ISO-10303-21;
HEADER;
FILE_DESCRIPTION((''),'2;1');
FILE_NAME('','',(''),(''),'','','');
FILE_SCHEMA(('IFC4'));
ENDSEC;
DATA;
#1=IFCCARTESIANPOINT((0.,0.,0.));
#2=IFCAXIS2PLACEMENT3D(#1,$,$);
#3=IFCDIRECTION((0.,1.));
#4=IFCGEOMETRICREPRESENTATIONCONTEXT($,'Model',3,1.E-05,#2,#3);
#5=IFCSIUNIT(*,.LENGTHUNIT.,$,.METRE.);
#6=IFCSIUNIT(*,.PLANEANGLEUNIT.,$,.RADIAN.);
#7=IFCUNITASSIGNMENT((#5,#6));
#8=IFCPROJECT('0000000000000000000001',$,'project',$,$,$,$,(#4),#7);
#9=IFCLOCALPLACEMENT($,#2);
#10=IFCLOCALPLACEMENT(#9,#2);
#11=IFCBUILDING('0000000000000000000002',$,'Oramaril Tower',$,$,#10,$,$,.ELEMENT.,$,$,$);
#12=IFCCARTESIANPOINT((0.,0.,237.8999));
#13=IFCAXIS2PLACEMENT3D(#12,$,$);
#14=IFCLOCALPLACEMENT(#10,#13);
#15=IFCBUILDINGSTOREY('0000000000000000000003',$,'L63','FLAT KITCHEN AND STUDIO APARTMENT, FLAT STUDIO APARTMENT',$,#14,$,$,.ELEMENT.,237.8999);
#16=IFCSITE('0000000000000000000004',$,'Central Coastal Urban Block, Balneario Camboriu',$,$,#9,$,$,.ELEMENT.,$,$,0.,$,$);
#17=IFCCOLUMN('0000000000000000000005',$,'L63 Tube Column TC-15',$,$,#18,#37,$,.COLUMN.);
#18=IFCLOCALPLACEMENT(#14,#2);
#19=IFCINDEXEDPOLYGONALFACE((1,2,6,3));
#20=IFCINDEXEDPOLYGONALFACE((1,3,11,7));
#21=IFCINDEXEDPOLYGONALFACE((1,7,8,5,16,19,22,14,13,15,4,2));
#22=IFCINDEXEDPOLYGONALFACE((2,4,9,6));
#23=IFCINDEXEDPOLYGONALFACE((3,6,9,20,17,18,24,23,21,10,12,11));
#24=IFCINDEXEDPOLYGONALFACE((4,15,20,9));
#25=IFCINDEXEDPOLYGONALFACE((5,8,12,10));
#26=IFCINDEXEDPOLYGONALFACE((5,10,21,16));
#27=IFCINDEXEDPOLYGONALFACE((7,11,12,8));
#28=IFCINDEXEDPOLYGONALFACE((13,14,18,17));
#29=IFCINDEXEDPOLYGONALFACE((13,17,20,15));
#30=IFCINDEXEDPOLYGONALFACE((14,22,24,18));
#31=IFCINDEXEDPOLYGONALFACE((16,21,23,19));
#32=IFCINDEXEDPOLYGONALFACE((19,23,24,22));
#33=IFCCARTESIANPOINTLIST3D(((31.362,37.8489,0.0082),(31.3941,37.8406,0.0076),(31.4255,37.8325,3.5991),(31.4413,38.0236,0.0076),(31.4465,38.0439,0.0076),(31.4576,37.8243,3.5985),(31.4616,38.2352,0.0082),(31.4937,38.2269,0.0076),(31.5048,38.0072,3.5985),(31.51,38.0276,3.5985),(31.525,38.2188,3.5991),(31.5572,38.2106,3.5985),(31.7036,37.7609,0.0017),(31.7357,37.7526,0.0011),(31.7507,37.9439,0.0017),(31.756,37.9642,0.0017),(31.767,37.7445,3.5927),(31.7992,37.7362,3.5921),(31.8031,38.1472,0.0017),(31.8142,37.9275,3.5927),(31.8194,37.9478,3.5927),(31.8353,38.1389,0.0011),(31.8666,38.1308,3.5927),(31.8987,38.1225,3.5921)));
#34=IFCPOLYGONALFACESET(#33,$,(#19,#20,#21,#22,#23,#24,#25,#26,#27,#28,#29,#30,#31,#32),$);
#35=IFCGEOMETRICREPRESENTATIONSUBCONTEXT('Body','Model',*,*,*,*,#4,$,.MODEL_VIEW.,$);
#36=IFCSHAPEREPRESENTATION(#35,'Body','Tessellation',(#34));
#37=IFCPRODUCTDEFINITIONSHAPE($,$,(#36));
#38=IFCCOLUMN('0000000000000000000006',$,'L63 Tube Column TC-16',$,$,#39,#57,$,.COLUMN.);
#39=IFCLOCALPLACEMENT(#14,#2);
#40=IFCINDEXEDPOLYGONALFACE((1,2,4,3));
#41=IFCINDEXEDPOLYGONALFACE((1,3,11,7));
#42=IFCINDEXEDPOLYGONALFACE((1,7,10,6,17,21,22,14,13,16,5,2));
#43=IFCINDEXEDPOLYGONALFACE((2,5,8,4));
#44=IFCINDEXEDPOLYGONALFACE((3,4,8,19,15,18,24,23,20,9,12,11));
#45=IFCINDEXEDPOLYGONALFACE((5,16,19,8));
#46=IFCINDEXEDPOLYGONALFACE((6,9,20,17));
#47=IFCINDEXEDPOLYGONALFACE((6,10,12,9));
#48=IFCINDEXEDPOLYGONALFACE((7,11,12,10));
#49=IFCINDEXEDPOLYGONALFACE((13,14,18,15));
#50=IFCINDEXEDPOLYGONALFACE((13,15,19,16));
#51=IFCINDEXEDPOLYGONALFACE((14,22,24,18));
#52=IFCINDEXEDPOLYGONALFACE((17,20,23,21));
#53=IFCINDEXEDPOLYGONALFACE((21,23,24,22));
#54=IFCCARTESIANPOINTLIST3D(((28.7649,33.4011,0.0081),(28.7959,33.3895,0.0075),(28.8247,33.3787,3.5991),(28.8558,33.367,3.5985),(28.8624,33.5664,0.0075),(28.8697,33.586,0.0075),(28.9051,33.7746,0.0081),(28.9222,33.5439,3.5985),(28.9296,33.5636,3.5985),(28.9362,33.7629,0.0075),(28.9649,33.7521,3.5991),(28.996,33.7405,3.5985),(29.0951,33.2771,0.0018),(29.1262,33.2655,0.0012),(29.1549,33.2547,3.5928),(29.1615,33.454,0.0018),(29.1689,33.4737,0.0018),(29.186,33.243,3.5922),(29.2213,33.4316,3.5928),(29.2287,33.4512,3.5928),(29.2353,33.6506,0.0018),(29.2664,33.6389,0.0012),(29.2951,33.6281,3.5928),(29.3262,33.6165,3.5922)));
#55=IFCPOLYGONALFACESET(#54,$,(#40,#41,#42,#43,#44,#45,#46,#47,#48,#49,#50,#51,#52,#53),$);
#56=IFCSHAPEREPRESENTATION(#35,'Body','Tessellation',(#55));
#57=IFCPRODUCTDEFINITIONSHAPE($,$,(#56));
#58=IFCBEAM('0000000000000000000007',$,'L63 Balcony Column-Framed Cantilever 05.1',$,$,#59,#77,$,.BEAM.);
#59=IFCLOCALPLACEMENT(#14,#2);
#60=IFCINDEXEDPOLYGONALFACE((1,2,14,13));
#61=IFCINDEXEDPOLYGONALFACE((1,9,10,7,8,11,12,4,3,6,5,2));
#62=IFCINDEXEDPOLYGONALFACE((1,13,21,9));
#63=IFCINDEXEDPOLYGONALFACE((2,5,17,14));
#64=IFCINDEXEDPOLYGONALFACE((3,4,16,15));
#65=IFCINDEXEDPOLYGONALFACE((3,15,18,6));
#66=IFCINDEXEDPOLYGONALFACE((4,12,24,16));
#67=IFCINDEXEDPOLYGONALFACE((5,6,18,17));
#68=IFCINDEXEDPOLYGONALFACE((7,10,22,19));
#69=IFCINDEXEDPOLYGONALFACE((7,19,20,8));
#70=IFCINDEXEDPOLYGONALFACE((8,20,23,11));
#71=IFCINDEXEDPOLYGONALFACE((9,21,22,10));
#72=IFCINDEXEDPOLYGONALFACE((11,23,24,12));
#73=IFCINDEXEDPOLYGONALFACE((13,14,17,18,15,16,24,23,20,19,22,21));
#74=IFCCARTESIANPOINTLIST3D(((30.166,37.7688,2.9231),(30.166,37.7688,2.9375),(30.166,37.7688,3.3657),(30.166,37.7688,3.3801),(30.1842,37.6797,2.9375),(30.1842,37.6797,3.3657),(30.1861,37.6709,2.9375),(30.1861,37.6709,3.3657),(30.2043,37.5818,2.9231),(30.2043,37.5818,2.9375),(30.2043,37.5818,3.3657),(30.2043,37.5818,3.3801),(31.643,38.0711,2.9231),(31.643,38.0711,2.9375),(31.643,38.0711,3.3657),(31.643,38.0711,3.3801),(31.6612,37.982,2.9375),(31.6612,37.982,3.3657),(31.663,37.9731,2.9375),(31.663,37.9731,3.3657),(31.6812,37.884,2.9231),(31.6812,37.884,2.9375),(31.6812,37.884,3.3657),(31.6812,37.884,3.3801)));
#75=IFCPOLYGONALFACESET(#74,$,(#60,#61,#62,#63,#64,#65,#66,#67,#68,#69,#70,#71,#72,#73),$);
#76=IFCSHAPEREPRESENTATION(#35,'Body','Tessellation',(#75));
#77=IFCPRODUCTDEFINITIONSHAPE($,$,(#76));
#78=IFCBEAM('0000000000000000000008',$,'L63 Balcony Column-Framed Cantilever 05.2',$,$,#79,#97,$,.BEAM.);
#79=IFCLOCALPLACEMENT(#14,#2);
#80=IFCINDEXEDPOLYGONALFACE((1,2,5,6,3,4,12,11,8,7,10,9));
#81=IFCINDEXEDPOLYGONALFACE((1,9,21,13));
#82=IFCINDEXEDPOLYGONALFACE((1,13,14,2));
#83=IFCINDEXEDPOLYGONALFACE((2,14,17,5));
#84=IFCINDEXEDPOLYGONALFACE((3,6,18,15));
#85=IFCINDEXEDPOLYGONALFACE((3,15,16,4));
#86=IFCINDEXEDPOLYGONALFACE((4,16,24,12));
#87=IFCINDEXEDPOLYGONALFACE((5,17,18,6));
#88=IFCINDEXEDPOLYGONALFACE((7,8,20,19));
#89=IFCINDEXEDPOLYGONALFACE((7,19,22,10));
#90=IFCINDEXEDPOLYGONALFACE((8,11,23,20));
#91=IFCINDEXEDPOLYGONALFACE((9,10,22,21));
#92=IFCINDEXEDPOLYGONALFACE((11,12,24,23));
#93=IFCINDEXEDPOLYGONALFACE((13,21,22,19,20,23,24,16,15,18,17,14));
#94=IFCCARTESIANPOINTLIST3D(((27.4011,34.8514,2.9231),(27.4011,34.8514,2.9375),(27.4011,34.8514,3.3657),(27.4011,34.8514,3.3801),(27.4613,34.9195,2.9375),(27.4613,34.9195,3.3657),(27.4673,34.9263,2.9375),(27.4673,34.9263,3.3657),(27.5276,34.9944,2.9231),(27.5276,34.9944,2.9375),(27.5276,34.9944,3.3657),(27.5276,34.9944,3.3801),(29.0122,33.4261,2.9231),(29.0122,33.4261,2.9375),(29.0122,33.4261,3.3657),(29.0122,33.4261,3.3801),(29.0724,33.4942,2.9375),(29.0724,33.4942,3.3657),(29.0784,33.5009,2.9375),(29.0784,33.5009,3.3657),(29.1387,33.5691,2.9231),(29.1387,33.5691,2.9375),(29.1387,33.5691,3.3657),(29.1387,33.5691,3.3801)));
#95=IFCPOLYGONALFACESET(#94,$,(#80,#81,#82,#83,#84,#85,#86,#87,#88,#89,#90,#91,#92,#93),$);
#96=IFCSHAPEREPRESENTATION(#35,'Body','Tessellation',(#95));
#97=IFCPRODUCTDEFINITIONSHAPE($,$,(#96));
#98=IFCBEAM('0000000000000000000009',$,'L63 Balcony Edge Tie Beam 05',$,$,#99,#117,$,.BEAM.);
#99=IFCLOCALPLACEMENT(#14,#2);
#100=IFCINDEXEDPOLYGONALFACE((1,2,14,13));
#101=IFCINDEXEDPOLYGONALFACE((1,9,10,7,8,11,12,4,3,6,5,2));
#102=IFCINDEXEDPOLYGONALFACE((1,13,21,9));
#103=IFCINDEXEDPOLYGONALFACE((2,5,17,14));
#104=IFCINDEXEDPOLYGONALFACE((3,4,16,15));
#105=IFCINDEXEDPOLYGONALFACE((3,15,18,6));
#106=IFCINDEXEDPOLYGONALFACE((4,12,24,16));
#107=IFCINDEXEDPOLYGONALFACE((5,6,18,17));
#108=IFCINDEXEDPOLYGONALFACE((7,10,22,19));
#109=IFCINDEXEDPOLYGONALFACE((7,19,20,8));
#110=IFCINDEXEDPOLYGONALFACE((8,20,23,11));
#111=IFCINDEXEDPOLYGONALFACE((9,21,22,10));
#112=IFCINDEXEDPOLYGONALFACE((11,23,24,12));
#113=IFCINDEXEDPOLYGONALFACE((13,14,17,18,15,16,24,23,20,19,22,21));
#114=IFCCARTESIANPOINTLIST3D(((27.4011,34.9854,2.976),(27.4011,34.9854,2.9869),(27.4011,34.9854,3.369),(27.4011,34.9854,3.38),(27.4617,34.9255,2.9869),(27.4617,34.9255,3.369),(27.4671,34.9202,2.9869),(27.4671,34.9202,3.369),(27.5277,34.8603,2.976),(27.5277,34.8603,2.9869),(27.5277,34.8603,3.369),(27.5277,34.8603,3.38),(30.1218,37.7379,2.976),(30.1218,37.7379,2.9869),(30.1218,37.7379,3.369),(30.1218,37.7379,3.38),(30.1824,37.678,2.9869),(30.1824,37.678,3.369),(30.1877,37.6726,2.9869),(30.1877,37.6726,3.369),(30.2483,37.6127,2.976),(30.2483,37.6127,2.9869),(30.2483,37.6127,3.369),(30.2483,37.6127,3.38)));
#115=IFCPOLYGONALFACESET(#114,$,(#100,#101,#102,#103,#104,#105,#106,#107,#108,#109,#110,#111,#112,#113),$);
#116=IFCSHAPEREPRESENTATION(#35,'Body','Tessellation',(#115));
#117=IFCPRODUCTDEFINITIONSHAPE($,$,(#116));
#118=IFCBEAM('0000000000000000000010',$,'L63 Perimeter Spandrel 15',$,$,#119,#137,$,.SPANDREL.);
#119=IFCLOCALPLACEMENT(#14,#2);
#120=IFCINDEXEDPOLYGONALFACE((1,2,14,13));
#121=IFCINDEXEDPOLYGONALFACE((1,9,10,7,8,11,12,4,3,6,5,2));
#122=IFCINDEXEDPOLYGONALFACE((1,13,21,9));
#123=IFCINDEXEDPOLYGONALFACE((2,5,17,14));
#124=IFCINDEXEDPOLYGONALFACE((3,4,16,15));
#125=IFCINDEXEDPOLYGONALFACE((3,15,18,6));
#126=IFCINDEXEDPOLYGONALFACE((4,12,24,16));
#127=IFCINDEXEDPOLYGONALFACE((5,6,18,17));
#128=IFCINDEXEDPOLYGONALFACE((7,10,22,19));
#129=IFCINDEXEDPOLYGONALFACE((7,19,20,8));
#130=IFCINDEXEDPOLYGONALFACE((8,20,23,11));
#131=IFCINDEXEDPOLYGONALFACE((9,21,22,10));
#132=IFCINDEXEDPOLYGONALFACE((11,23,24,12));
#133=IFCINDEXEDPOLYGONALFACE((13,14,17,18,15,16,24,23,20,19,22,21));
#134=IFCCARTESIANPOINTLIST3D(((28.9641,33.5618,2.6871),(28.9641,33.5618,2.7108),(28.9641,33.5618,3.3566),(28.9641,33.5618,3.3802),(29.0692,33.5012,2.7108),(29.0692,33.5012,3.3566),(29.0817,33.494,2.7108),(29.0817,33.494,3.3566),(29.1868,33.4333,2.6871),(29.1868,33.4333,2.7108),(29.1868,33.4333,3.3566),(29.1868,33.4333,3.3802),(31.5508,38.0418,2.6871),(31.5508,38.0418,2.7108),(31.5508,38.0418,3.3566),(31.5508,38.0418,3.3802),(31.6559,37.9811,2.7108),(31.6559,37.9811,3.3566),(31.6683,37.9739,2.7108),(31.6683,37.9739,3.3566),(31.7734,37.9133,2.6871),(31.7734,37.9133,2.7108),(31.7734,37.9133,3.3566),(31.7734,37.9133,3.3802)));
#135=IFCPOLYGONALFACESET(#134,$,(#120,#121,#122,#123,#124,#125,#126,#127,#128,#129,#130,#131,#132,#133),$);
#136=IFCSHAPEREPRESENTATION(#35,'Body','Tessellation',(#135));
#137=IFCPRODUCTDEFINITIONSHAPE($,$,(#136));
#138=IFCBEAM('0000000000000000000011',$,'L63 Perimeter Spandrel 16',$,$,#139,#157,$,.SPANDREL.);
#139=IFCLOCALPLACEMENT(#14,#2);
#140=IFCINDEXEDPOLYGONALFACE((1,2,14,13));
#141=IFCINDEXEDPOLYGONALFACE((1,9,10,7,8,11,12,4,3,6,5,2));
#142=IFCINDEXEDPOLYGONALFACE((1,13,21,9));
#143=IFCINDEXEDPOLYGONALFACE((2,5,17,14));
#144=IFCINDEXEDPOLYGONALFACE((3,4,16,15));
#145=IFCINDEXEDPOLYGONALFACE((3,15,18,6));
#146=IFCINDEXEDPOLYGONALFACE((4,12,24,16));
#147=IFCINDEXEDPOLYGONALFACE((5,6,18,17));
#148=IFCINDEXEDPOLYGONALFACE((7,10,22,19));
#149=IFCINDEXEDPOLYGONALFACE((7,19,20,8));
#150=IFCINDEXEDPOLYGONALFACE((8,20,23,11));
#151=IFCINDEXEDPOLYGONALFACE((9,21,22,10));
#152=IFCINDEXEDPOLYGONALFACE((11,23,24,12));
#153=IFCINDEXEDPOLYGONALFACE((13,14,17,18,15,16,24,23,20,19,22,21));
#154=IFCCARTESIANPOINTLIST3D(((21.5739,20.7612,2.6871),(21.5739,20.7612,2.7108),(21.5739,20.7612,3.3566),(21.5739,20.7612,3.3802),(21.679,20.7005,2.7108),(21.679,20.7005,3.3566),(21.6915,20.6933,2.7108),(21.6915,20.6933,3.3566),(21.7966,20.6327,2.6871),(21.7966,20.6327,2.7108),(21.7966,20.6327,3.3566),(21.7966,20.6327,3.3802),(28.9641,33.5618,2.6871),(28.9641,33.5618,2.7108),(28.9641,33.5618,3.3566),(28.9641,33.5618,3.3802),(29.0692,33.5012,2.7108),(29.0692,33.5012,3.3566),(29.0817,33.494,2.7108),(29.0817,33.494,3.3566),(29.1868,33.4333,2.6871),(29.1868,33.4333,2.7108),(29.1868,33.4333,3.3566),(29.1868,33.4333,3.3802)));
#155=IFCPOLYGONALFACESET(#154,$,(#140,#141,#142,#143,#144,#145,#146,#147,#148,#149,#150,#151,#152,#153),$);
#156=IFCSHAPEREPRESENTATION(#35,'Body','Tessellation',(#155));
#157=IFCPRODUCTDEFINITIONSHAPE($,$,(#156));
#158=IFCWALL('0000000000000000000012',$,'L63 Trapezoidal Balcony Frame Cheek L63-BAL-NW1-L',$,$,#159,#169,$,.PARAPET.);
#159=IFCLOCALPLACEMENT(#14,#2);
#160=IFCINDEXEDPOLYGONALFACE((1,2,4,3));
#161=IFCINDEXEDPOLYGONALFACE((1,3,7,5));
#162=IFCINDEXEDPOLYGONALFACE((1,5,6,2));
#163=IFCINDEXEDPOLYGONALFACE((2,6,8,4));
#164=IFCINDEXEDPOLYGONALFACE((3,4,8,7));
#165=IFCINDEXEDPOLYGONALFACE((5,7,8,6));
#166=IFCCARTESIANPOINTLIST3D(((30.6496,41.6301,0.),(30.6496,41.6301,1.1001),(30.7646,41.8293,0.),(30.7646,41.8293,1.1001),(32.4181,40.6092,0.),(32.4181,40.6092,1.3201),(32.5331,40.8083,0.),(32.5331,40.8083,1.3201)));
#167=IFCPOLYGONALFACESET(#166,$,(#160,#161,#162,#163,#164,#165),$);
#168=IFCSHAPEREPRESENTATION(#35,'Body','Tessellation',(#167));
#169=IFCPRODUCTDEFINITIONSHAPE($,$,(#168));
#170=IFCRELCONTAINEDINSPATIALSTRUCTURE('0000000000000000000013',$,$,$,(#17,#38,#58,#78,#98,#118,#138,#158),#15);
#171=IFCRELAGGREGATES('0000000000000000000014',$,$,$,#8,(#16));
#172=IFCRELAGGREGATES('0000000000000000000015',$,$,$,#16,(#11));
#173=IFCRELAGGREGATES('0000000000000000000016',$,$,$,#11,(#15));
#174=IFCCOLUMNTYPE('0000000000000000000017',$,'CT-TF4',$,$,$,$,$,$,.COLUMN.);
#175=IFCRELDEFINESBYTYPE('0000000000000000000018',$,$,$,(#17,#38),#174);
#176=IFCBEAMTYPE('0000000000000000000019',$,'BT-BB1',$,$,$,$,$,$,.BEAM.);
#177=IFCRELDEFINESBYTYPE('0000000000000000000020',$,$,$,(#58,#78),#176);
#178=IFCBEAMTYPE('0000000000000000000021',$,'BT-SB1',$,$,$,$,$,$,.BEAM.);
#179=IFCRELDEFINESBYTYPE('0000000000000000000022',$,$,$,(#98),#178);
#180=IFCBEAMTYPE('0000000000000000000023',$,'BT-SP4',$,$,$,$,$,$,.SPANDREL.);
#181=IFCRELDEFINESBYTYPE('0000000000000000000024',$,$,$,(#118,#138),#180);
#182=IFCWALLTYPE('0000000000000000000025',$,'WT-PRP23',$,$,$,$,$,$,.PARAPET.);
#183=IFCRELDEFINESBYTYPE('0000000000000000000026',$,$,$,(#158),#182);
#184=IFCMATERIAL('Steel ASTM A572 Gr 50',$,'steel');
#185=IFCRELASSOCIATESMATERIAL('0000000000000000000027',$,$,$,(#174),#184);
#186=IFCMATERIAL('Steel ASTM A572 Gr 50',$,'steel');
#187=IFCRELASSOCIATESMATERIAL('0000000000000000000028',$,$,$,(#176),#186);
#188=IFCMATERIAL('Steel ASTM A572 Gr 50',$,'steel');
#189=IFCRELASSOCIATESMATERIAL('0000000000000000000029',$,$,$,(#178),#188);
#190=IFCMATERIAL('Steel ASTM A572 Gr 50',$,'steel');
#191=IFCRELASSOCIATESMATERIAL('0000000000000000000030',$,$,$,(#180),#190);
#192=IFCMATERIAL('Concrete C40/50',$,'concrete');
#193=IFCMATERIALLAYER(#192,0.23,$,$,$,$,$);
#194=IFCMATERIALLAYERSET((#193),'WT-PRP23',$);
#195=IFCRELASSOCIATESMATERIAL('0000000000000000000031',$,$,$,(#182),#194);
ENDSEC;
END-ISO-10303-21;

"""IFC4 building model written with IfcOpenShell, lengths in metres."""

from ifc_helpers import new_model, si_unit, direction, frame, origin, origin_2d, place, context, subcontext, project, spatial, polyline, i_section, outline, extrude, material, layer, layer_set, material_profile, profile_set, type_object, element, save


model = new_model("IFC4")

# Units and contexts
model_context = context("Model", 3, precision=1e-05, world=origin(), true_north=direction((0.0, 1.0)))
body_context = subcontext(model_context, "Body", "Model", "MODEL_VIEW")
ifc_project = project(units=[si_unit("LENGTHUNIT", "METRE"), si_unit("PLANEANGLEUNIT", "RADIAN")], contexts=[model_context])

# Site, building, storey
site_placement = place(None, origin())
site = spatial("IfcSite", under=ifc_project, at=site_placement, Name="Central Coastal Urban Block, Balneario Camboriu", CompositionType="ELEMENT", RefElevation=0.0)
building_placement = place(site_placement, origin())
building = spatial("IfcBuilding", under=site, at=building_placement, Name="Oramaril Tower", CompositionType="ELEMENT")
storey_placement = place(building_placement, frame((0.0, 0.0, 237.8999)))
storey = spatial("IfcBuildingStorey", under=building, at=storey_placement, Name="L63", Description="FLAT KITCHEN AND STUDIO APARTMENT, FLAT STUDIO APARTMENT", CompositionType="ELEMENT", Elevation=237.8999)

# Columns
ifc_material_1 = material(Name="Steel ASTM A572 Gr 50", Category="steel")
ifc_material_profile_1 = material_profile(ifc_material_1, i_section(OverallWidth=0.3989, OverallDepth=0.386, WebThickness=0.021, FlangeThickness=0.0332, at=origin_2d()), Name="W14X176")
ifc_profile_set_1 = profile_set([ifc_material_profile_1], Name="Steel ASTM A572 Gr 50")
column_type = type_object("IfcColumnType", Name="CT-TF4", PredefinedType="COLUMN", material=ifc_profile_set_1)
for number, where, z_axis, x_axis, name in (
    (1, (31.5986, 37.9939, 0.0046), (0.017673, -0.004554, 0.999833), (0.24954, 0.968364, 0.0), "L63 Tube Column TC-15"),
    (2, (29.0156, 33.52, 0.0046), (0.016654, -0.006254, 0.999842), (0.351542, 0.936172, 0.0), "L63 Tube Column TC-16"),
):
    element("IfcColumn", number, at=place(storey_placement, frame(where, z_axis=z_axis, x_axis=x_axis)), inside=storey, type_object=column_type, Name=name, PredefinedType="COLUMN", context=body_context, shape_type="SweptSolid", body=[
        extrude(i_section(OverallWidth=0.3989, OverallDepth=0.386, WebThickness=0.021, FlangeThickness=0.0332, at=origin_2d()), origin(), (0.0, 0.0, 1.0), 3.5916),
    ])

# Beams
ifc_material_2 = material(Name="Steel ASTM A572 Gr 50", Category="steel")
ifc_material_profile_2 = material_profile(ifc_material_2, i_section(OverallWidth=0.1909, OverallDepth=0.457, WebThickness=0.009, FlangeThickness=0.0144, at=origin_2d()), Name="W18X50")
ifc_profile_set_2 = profile_set([ifc_material_profile_2], Name="Steel ASTM A572 Gr 50")
beam_type_1 = type_object("IfcBeamType", Name="BT-BB1", PredefinedType="BEAM", material=ifc_profile_set_2)
beam_1_placement = place(storey_placement, frame((31.6621, 37.9775, 3.1516), z_axis=(-0.979699, -0.200474, 0.0), x_axis=(0.200474, -0.979699, 0.0)))
element("IfcBeam", 3, at=beam_1_placement, inside=storey, type_object=beam_type_1, Name="L63 Balcony Column-Framed Cantilever 05.1", PredefinedType="BEAM", context=body_context, shape_type="SweptSolid", body=[
    extrude(i_section(OverallWidth=0.1909, OverallDepth=0.457, WebThickness=0.009, FlangeThickness=0.0144, at=origin_2d()), origin(), (0.0, 0.0, 1.0), 1.5076),
])
beam_2_placement = place(storey_placement, frame((29.0754, 33.4976, 3.1516), z_axis=(-0.748973, 0.662601, 0.0), x_axis=(-0.662601, -0.748973, 0.0)))
element("IfcBeam", 4, at=beam_2_placement, inside=storey, type_object=beam_type_1, Name="L63 Balcony Column-Framed Cantilever 05.2", PredefinedType="BEAM", context=body_context, shape_type="SweptSolid", body=[
    extrude(i_section(OverallWidth=0.1909, OverallDepth=0.457, WebThickness=0.009, FlangeThickness=0.0144, at=origin_2d()), origin(), (0.0, 0.0, 1.0), 2.1511),
])
ifc_material_3 = material(Name="Steel ASTM A572 Gr 50", Category="steel")
ifc_material_profile_3 = material_profile(ifc_material_3, i_section(OverallWidth=0.178, OverallDepth=0.4041, WebThickness=0.0076, FlangeThickness=0.011, at=origin_2d()), Name="W16X36")
ifc_profile_set_3 = profile_set([ifc_material_profile_3], Name="Steel ASTM A572 Gr 50")
beam_type_2 = type_object("IfcBeamType", Name="BT-SB1", PredefinedType="BEAM", material=ifc_profile_set_3)
beam_3_placement = place(storey_placement, frame((30.1851, 37.6753, 3.178), z_axis=(-0.702995, -0.711195, 0.0), x_axis=(0.711195, -0.702995, 0.0)))
element("IfcBeam", 5, at=beam_3_placement, inside=storey, type_object=beam_type_2, Name="L63 Balcony Edge Tie Beam 05", PredefinedType="BEAM", context=body_context, shape_type="SweptSolid", body=[
    extrude(i_section(OverallWidth=0.178, OverallDepth=0.4041, WebThickness=0.0076, FlangeThickness=0.011, at=origin_2d()), origin(), (0.0, 0.0, 1.0), 3.8701),
])
ifc_material_4 = material(Name="Steel ASTM A572 Gr 50", Category="steel")
ifc_material_profile_4 = material_profile(ifc_material_4, i_section(OverallWidth=0.2571, OverallDepth=0.6931, WebThickness=0.0144, FlangeThickness=0.0237, at=origin_2d()), Name="W27X114")
ifc_profile_set_4 = profile_set([ifc_material_profile_4], Name="Steel ASTM A572 Gr 50")
beam_type_3 = type_object("IfcBeamType", Name="BT-SP4", PredefinedType="SPANDREL", material=ifc_profile_set_4)
beam_4_placement = place(storey_placement, frame((31.6621, 37.9775, 3.0337), z_axis=(-0.500022, -0.866013, 0.0), x_axis=(0.866013, -0.500022, 0.0)))
element("IfcBeam", 6, at=beam_4_placement, inside=storey, type_object=beam_type_3, Name="L63 Perimeter Spandrel 15", PredefinedType="SPANDREL", context=body_context, shape_type="SweptSolid", body=[
    extrude(i_section(OverallWidth=0.2571, OverallDepth=0.6931, WebThickness=0.0144, FlangeThickness=0.0237, at=origin_2d()), origin(), (0.0, 0.0, 1.0), 5.1731),
])
beam_5_placement = place(storey_placement, frame((29.0754, 33.4976, 3.0337), z_axis=(-0.499987, -0.866033, 0.0), x_axis=(0.866033, -0.499987, 0.0)))
element("IfcBeam", 7, at=beam_5_placement, inside=storey, type_object=beam_type_3, Name="L63 Perimeter Spandrel 16", PredefinedType="SPANDREL", context=body_context, shape_type="SweptSolid", body=[
    extrude(i_section(OverallWidth=0.2571, OverallDepth=0.6931, WebThickness=0.0144, FlangeThickness=0.0237, at=origin_2d()), origin(), (0.0, 0.0, 1.0), 14.7808),
])

# Wall
ifc_material_5 = material(Name="Concrete C40/50", Category="concrete")
ifc_layer_1 = layer(ifc_material_5, 0.23)
ifc_layer_set_1 = layer_set([ifc_layer_1], Name="WT-PRP23")
wall_type_1 = type_object("IfcWallType", Name="WT-PRP23", PredefinedType="PARAPET", material=ifc_layer_set_1)
wall_1_placement = place(storey_placement, frame((32.4756, 40.7087, 0.0), z_axis=(0.0, 0.0, 1.0), x_axis=(-0.866042, 0.499971, 0.0)))
element("IfcWall", 8, at=wall_1_placement, inside=storey, type_object=wall_type_1, Name="L63 Trapezoidal Balcony Frame Cheek L63-BAL-NW1-L", PredefinedType="PARAPET", context=body_context, shape_type="SweptSolid", body=[
    extrude(outline(polyline([(0.0, 0.0), (2.042, 0.0), (2.042, 1.1001), (0.0, 1.3201), (0.0, 0.0)])), frame((0.0, 0.115, 0.0), z_axis=(0.0, -1.0, 0.0), x_axis=(1.0, 0.0, 0.0)), (0.0, 0.0, 1.0), 0.23),
])

save(model, "model.ifc")
